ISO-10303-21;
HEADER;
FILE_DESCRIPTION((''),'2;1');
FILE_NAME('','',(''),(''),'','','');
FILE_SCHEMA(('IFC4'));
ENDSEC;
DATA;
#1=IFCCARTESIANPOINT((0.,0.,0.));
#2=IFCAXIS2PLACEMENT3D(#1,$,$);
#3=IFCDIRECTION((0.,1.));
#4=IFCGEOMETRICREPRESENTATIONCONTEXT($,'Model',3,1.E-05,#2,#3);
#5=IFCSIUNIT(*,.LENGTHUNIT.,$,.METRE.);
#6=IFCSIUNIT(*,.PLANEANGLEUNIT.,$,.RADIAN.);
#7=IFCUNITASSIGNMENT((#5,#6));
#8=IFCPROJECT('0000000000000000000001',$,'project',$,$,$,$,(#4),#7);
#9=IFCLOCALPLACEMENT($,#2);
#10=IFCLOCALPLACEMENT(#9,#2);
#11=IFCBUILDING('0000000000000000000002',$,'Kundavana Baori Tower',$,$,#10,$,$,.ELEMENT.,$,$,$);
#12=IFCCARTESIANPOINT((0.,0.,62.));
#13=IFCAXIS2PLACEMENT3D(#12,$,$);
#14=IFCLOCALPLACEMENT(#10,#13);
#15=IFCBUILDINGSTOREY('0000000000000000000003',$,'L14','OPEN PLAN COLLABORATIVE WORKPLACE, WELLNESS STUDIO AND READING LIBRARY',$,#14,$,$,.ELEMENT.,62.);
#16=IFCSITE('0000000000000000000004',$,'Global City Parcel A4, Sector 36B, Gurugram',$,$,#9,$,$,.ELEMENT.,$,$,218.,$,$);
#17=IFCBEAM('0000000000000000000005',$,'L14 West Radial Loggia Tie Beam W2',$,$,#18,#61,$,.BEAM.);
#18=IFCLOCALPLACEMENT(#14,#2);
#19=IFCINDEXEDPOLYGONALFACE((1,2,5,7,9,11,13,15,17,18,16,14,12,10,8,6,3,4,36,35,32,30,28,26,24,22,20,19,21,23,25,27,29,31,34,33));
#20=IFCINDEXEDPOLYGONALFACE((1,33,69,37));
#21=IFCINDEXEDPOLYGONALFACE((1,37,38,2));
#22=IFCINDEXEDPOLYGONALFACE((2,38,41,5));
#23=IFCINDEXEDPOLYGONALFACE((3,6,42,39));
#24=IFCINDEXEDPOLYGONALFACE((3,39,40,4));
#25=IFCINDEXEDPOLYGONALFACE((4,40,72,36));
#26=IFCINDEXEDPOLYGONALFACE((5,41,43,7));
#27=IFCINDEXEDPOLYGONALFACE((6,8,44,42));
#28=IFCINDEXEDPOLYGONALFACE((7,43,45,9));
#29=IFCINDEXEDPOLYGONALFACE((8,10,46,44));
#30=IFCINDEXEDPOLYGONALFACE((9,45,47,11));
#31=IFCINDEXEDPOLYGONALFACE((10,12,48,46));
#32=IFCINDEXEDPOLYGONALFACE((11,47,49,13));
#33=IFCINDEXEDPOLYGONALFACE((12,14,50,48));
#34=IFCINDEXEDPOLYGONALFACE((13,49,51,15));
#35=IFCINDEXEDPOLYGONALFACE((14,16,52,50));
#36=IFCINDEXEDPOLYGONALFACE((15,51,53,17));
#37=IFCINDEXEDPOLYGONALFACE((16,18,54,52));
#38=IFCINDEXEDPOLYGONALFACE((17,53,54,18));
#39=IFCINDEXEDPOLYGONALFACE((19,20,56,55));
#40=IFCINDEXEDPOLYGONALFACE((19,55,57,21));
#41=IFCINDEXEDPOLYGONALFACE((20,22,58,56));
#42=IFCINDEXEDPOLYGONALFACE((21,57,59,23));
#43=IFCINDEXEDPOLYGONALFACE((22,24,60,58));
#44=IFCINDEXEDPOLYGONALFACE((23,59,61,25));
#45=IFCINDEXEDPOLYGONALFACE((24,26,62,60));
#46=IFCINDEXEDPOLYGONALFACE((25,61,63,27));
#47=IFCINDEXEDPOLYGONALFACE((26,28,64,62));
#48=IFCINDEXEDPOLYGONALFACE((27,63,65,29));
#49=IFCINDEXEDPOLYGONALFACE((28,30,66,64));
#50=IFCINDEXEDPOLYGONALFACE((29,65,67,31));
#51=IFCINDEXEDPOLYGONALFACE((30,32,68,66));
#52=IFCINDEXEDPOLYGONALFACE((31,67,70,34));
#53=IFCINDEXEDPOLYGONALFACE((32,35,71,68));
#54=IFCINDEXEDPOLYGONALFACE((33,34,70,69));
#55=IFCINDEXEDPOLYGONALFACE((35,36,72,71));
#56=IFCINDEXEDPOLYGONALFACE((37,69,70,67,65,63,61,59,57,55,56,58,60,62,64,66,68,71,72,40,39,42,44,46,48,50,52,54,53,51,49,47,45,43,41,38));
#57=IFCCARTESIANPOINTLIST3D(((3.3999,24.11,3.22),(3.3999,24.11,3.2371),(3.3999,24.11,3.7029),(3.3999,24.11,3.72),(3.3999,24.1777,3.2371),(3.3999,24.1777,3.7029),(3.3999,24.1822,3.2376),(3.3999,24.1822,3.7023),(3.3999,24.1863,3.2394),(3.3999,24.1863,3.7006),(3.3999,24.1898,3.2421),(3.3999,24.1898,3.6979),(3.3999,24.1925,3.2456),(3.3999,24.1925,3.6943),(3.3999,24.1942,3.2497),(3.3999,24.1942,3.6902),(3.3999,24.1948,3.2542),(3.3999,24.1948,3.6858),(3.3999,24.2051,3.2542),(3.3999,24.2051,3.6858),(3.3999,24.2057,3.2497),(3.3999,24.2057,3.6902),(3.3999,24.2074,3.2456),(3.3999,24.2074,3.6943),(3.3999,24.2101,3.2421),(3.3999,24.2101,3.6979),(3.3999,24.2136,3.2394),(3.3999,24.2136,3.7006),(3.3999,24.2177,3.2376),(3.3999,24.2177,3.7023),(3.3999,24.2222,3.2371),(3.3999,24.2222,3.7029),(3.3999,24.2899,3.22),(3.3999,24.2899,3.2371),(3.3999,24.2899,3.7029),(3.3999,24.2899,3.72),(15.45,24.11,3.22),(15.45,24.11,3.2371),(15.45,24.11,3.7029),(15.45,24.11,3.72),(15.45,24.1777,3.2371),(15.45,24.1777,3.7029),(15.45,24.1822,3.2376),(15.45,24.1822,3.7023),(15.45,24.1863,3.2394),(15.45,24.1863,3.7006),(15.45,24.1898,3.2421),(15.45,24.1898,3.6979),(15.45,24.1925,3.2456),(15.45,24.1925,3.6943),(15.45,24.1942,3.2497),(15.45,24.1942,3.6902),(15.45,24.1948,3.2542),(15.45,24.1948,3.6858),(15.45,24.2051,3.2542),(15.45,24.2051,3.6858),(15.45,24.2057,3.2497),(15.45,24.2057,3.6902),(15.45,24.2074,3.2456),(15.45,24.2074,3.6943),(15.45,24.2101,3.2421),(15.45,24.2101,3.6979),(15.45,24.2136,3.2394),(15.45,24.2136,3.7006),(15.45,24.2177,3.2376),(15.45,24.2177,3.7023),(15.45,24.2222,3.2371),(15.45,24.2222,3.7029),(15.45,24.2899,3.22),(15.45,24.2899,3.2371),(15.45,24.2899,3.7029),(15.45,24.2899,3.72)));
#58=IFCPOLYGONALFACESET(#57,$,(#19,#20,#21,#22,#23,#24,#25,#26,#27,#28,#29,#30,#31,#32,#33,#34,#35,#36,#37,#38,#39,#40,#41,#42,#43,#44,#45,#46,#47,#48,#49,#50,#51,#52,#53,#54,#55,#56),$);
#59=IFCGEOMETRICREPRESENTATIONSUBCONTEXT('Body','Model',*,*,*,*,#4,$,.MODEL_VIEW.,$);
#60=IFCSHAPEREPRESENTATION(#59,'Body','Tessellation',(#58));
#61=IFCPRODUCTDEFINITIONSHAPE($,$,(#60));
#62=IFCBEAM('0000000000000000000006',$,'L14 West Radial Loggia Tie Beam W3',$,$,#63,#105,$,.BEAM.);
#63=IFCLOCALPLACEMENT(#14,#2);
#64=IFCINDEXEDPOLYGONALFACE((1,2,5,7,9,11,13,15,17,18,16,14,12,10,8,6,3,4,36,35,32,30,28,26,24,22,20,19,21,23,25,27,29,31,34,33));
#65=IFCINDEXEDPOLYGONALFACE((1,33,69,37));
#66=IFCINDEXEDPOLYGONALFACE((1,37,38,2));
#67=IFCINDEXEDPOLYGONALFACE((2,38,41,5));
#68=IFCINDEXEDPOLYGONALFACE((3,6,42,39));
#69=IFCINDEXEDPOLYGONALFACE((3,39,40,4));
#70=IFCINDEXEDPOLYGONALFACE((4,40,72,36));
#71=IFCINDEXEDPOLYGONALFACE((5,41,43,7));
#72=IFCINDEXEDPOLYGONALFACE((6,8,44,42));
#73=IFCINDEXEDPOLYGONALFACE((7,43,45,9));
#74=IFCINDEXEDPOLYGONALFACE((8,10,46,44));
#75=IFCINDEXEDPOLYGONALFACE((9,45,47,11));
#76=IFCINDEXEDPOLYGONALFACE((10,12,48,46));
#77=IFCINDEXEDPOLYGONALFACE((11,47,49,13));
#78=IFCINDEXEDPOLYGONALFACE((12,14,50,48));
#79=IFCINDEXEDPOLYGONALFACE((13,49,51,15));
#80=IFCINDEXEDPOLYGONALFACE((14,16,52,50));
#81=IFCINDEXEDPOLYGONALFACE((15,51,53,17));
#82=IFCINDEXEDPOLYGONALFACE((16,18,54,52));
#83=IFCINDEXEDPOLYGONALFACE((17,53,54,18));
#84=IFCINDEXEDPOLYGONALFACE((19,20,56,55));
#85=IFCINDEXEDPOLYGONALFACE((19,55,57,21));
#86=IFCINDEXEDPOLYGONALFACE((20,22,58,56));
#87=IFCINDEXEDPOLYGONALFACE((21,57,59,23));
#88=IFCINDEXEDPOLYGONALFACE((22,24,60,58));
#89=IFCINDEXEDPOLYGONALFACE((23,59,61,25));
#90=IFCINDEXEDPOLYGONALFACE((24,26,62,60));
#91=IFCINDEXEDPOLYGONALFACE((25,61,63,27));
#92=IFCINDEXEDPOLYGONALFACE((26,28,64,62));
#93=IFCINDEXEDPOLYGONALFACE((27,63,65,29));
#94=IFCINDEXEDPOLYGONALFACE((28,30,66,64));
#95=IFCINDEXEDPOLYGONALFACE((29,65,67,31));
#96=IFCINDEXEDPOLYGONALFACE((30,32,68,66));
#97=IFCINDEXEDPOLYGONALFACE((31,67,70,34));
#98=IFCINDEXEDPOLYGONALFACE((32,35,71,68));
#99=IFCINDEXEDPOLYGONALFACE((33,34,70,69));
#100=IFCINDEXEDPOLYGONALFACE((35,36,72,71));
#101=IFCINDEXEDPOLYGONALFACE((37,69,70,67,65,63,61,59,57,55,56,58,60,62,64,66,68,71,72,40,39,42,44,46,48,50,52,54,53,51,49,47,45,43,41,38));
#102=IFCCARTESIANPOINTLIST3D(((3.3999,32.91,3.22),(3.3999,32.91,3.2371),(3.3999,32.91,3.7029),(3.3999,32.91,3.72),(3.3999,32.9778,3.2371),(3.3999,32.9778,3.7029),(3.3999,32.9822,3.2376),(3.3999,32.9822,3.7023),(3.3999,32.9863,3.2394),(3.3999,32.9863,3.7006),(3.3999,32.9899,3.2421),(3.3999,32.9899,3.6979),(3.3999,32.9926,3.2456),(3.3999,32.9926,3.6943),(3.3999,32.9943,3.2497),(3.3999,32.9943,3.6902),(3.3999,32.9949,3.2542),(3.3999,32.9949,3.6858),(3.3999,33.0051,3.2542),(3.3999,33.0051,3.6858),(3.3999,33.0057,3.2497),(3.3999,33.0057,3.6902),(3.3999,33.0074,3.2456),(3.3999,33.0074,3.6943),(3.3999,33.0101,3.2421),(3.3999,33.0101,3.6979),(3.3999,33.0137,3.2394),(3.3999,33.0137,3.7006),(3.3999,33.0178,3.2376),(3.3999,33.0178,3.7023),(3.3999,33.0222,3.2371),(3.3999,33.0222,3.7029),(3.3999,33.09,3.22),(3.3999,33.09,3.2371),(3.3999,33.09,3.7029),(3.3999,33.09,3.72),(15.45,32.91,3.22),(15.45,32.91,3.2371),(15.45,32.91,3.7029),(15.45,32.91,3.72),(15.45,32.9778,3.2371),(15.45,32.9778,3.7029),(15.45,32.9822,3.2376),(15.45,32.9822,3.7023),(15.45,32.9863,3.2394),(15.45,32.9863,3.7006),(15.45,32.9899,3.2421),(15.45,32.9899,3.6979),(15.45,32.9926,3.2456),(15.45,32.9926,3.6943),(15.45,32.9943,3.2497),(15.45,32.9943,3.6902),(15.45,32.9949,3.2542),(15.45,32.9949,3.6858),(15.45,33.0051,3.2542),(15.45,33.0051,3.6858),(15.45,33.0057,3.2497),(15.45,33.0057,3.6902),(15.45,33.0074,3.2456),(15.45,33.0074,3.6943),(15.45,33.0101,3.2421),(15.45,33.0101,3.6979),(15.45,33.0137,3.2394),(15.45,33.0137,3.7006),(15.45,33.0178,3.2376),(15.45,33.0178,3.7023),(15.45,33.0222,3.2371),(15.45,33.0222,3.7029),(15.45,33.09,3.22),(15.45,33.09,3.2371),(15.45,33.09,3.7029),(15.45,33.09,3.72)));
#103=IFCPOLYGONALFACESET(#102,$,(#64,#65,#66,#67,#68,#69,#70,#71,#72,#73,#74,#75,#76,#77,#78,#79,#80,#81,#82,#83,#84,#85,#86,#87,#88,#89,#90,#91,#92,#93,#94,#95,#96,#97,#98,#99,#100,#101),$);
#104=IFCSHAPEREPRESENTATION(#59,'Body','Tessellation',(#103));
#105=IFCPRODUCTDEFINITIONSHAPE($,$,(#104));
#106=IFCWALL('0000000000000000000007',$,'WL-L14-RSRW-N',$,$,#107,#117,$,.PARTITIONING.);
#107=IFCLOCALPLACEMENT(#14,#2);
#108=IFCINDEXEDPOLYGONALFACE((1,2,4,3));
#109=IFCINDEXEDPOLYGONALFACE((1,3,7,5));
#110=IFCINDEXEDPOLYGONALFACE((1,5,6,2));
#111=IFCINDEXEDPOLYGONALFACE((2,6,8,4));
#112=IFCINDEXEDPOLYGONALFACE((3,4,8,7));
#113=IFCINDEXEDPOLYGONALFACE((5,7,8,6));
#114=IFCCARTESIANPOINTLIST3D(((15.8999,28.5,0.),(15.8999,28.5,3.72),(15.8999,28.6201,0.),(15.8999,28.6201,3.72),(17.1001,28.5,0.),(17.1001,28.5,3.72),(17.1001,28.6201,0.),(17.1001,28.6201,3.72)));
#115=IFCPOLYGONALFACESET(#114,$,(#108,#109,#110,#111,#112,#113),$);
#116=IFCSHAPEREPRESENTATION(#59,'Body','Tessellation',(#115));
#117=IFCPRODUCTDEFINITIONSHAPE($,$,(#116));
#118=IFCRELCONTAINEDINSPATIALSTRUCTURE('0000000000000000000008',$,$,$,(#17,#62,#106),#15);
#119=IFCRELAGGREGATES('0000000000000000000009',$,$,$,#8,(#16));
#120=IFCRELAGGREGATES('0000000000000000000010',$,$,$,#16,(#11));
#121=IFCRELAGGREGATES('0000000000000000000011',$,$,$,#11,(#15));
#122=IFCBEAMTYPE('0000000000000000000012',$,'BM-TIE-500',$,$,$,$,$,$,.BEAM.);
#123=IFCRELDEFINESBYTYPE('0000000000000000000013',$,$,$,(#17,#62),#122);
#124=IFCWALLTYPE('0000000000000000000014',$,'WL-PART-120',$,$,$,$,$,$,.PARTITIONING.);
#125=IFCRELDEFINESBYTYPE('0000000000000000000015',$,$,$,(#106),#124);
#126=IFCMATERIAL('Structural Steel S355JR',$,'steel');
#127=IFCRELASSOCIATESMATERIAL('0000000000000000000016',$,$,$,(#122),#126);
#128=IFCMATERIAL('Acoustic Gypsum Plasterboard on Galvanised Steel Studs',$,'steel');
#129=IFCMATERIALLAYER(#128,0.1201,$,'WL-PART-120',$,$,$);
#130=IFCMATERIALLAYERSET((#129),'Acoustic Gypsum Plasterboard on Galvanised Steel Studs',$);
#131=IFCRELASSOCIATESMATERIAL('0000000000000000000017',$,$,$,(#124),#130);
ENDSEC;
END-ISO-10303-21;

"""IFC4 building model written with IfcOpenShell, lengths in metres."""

from ifc_helpers import new_model, si_unit, direction, frame, frame_2d, origin, origin_2d, place, context, subcontext, project, spatial, rectangle, i_section, extrude, material, layer, layer_set, material_profile, profile_set, type_object, element, save


model = new_model("IFC4")

# Units and contexts
model_context = context("Model", 3, precision=1e-05, world=origin(), true_north=direction((0.0, 1.0)))
body_context = subcontext(model_context, "Body", "Model", "MODEL_VIEW")
ifc_project = project(units=[si_unit("LENGTHUNIT", "METRE"), si_unit("PLANEANGLEUNIT", "RADIAN")], contexts=[model_context])

# Site, building, storey
site_placement = place(None, origin())
site = spatial("IfcSite", under=ifc_project, at=site_placement, Name="Global City Parcel A4, Sector 36B, Gurugram", CompositionType="ELEMENT", RefElevation=218.0)
building_placement = place(site_placement, origin())
building = spatial("IfcBuilding", under=site, at=building_placement, Name="Kundavana Baori Tower", CompositionType="ELEMENT")
storey_placement = place(building_placement, frame((0.0, 0.0, 62.0)))
storey = spatial("IfcBuildingStorey", under=building, at=storey_placement, Name="L14", Description="OPEN PLAN COLLABORATIVE WORKPLACE, WELLNESS STUDIO AND READING LIBRARY", CompositionType="ELEMENT", Elevation=62.0)

# Beams
ifc_material_1 = material(Name="Structural Steel S355JR", Category="steel")
ifc_material_profile_1 = material_profile(ifc_material_1, i_section(OverallWidth=0.1799, OverallDepth=0.5, WebThickness=0.0103, FlangeThickness=0.0171, FilletRadius=0.0171, at=origin_2d()), Name="ISMB 500")
ifc_profile_set_1 = profile_set([ifc_material_profile_1], Name="Structural Steel S355JR")
beam_type_1 = type_object("IfcBeamType", Name="BM-TIE-500", PredefinedType="BEAM", material=ifc_profile_set_1)
for number, where, z_axis, x_axis, name in (
    (1, (15.45, 24.2, 3.47), (-1.0, 0.0, 0.0), (0.0, -1.0, 0.0), "L14 West Radial Loggia Tie Beam W2"),
    (2, (15.45, 33.0, 3.47), (-1.0, 0.0, 0.0), (0.0, -1.0, 0.0), "L14 West Radial Loggia Tie Beam W3"),
):
    element("IfcBeam", number, at=place(storey_placement, frame(where, z_axis=z_axis, x_axis=x_axis)), inside=storey, type_object=beam_type_1, Name=name, PredefinedType="BEAM", context=body_context, shape_type="SweptSolid", body=[
        extrude(i_section(OverallWidth=0.1799, OverallDepth=0.5, WebThickness=0.0103, FlangeThickness=0.0171, FilletRadius=0.0171, at=origin_2d()), origin(), (0.0, 0.0, 1.0), 12.05),
    ])

# Wall
ifc_material_2 = material(Name="Acoustic Gypsum Plasterboard on Galvanised Steel Studs", Category="steel")
ifc_layer_1 = layer(ifc_material_2, 0.1201, Name="WL-PART-120")
ifc_layer_set_1 = layer_set([ifc_layer_1], Name="Acoustic Gypsum Plasterboard on Galvanised Steel Studs")
wall_type_1 = type_object("IfcWallType", Name="WL-PART-120", PredefinedType="PARTITIONING", material=ifc_layer_set_1)
wall_1_placement = place(storey_placement, frame((15.8999, 28.5601, 0.0), z_axis=(0.0, 0.0, 1.0), x_axis=(1.0, 0.0, 0.0)))
element("IfcWall", 3, at=wall_1_placement, inside=storey, type_object=wall_type_1, Name="WL-L14-RSRW-N", PredefinedType="PARTITIONING", context=body_context, shape_type="SweptSolid", body=[
    extrude(rectangle(XDim=1.2002, YDim=0.1201, at=frame_2d((0.6001, 0.0))), origin(), (0.0, 0.0, 1.0), 3.72),
])

save(model, "model.ifc")
